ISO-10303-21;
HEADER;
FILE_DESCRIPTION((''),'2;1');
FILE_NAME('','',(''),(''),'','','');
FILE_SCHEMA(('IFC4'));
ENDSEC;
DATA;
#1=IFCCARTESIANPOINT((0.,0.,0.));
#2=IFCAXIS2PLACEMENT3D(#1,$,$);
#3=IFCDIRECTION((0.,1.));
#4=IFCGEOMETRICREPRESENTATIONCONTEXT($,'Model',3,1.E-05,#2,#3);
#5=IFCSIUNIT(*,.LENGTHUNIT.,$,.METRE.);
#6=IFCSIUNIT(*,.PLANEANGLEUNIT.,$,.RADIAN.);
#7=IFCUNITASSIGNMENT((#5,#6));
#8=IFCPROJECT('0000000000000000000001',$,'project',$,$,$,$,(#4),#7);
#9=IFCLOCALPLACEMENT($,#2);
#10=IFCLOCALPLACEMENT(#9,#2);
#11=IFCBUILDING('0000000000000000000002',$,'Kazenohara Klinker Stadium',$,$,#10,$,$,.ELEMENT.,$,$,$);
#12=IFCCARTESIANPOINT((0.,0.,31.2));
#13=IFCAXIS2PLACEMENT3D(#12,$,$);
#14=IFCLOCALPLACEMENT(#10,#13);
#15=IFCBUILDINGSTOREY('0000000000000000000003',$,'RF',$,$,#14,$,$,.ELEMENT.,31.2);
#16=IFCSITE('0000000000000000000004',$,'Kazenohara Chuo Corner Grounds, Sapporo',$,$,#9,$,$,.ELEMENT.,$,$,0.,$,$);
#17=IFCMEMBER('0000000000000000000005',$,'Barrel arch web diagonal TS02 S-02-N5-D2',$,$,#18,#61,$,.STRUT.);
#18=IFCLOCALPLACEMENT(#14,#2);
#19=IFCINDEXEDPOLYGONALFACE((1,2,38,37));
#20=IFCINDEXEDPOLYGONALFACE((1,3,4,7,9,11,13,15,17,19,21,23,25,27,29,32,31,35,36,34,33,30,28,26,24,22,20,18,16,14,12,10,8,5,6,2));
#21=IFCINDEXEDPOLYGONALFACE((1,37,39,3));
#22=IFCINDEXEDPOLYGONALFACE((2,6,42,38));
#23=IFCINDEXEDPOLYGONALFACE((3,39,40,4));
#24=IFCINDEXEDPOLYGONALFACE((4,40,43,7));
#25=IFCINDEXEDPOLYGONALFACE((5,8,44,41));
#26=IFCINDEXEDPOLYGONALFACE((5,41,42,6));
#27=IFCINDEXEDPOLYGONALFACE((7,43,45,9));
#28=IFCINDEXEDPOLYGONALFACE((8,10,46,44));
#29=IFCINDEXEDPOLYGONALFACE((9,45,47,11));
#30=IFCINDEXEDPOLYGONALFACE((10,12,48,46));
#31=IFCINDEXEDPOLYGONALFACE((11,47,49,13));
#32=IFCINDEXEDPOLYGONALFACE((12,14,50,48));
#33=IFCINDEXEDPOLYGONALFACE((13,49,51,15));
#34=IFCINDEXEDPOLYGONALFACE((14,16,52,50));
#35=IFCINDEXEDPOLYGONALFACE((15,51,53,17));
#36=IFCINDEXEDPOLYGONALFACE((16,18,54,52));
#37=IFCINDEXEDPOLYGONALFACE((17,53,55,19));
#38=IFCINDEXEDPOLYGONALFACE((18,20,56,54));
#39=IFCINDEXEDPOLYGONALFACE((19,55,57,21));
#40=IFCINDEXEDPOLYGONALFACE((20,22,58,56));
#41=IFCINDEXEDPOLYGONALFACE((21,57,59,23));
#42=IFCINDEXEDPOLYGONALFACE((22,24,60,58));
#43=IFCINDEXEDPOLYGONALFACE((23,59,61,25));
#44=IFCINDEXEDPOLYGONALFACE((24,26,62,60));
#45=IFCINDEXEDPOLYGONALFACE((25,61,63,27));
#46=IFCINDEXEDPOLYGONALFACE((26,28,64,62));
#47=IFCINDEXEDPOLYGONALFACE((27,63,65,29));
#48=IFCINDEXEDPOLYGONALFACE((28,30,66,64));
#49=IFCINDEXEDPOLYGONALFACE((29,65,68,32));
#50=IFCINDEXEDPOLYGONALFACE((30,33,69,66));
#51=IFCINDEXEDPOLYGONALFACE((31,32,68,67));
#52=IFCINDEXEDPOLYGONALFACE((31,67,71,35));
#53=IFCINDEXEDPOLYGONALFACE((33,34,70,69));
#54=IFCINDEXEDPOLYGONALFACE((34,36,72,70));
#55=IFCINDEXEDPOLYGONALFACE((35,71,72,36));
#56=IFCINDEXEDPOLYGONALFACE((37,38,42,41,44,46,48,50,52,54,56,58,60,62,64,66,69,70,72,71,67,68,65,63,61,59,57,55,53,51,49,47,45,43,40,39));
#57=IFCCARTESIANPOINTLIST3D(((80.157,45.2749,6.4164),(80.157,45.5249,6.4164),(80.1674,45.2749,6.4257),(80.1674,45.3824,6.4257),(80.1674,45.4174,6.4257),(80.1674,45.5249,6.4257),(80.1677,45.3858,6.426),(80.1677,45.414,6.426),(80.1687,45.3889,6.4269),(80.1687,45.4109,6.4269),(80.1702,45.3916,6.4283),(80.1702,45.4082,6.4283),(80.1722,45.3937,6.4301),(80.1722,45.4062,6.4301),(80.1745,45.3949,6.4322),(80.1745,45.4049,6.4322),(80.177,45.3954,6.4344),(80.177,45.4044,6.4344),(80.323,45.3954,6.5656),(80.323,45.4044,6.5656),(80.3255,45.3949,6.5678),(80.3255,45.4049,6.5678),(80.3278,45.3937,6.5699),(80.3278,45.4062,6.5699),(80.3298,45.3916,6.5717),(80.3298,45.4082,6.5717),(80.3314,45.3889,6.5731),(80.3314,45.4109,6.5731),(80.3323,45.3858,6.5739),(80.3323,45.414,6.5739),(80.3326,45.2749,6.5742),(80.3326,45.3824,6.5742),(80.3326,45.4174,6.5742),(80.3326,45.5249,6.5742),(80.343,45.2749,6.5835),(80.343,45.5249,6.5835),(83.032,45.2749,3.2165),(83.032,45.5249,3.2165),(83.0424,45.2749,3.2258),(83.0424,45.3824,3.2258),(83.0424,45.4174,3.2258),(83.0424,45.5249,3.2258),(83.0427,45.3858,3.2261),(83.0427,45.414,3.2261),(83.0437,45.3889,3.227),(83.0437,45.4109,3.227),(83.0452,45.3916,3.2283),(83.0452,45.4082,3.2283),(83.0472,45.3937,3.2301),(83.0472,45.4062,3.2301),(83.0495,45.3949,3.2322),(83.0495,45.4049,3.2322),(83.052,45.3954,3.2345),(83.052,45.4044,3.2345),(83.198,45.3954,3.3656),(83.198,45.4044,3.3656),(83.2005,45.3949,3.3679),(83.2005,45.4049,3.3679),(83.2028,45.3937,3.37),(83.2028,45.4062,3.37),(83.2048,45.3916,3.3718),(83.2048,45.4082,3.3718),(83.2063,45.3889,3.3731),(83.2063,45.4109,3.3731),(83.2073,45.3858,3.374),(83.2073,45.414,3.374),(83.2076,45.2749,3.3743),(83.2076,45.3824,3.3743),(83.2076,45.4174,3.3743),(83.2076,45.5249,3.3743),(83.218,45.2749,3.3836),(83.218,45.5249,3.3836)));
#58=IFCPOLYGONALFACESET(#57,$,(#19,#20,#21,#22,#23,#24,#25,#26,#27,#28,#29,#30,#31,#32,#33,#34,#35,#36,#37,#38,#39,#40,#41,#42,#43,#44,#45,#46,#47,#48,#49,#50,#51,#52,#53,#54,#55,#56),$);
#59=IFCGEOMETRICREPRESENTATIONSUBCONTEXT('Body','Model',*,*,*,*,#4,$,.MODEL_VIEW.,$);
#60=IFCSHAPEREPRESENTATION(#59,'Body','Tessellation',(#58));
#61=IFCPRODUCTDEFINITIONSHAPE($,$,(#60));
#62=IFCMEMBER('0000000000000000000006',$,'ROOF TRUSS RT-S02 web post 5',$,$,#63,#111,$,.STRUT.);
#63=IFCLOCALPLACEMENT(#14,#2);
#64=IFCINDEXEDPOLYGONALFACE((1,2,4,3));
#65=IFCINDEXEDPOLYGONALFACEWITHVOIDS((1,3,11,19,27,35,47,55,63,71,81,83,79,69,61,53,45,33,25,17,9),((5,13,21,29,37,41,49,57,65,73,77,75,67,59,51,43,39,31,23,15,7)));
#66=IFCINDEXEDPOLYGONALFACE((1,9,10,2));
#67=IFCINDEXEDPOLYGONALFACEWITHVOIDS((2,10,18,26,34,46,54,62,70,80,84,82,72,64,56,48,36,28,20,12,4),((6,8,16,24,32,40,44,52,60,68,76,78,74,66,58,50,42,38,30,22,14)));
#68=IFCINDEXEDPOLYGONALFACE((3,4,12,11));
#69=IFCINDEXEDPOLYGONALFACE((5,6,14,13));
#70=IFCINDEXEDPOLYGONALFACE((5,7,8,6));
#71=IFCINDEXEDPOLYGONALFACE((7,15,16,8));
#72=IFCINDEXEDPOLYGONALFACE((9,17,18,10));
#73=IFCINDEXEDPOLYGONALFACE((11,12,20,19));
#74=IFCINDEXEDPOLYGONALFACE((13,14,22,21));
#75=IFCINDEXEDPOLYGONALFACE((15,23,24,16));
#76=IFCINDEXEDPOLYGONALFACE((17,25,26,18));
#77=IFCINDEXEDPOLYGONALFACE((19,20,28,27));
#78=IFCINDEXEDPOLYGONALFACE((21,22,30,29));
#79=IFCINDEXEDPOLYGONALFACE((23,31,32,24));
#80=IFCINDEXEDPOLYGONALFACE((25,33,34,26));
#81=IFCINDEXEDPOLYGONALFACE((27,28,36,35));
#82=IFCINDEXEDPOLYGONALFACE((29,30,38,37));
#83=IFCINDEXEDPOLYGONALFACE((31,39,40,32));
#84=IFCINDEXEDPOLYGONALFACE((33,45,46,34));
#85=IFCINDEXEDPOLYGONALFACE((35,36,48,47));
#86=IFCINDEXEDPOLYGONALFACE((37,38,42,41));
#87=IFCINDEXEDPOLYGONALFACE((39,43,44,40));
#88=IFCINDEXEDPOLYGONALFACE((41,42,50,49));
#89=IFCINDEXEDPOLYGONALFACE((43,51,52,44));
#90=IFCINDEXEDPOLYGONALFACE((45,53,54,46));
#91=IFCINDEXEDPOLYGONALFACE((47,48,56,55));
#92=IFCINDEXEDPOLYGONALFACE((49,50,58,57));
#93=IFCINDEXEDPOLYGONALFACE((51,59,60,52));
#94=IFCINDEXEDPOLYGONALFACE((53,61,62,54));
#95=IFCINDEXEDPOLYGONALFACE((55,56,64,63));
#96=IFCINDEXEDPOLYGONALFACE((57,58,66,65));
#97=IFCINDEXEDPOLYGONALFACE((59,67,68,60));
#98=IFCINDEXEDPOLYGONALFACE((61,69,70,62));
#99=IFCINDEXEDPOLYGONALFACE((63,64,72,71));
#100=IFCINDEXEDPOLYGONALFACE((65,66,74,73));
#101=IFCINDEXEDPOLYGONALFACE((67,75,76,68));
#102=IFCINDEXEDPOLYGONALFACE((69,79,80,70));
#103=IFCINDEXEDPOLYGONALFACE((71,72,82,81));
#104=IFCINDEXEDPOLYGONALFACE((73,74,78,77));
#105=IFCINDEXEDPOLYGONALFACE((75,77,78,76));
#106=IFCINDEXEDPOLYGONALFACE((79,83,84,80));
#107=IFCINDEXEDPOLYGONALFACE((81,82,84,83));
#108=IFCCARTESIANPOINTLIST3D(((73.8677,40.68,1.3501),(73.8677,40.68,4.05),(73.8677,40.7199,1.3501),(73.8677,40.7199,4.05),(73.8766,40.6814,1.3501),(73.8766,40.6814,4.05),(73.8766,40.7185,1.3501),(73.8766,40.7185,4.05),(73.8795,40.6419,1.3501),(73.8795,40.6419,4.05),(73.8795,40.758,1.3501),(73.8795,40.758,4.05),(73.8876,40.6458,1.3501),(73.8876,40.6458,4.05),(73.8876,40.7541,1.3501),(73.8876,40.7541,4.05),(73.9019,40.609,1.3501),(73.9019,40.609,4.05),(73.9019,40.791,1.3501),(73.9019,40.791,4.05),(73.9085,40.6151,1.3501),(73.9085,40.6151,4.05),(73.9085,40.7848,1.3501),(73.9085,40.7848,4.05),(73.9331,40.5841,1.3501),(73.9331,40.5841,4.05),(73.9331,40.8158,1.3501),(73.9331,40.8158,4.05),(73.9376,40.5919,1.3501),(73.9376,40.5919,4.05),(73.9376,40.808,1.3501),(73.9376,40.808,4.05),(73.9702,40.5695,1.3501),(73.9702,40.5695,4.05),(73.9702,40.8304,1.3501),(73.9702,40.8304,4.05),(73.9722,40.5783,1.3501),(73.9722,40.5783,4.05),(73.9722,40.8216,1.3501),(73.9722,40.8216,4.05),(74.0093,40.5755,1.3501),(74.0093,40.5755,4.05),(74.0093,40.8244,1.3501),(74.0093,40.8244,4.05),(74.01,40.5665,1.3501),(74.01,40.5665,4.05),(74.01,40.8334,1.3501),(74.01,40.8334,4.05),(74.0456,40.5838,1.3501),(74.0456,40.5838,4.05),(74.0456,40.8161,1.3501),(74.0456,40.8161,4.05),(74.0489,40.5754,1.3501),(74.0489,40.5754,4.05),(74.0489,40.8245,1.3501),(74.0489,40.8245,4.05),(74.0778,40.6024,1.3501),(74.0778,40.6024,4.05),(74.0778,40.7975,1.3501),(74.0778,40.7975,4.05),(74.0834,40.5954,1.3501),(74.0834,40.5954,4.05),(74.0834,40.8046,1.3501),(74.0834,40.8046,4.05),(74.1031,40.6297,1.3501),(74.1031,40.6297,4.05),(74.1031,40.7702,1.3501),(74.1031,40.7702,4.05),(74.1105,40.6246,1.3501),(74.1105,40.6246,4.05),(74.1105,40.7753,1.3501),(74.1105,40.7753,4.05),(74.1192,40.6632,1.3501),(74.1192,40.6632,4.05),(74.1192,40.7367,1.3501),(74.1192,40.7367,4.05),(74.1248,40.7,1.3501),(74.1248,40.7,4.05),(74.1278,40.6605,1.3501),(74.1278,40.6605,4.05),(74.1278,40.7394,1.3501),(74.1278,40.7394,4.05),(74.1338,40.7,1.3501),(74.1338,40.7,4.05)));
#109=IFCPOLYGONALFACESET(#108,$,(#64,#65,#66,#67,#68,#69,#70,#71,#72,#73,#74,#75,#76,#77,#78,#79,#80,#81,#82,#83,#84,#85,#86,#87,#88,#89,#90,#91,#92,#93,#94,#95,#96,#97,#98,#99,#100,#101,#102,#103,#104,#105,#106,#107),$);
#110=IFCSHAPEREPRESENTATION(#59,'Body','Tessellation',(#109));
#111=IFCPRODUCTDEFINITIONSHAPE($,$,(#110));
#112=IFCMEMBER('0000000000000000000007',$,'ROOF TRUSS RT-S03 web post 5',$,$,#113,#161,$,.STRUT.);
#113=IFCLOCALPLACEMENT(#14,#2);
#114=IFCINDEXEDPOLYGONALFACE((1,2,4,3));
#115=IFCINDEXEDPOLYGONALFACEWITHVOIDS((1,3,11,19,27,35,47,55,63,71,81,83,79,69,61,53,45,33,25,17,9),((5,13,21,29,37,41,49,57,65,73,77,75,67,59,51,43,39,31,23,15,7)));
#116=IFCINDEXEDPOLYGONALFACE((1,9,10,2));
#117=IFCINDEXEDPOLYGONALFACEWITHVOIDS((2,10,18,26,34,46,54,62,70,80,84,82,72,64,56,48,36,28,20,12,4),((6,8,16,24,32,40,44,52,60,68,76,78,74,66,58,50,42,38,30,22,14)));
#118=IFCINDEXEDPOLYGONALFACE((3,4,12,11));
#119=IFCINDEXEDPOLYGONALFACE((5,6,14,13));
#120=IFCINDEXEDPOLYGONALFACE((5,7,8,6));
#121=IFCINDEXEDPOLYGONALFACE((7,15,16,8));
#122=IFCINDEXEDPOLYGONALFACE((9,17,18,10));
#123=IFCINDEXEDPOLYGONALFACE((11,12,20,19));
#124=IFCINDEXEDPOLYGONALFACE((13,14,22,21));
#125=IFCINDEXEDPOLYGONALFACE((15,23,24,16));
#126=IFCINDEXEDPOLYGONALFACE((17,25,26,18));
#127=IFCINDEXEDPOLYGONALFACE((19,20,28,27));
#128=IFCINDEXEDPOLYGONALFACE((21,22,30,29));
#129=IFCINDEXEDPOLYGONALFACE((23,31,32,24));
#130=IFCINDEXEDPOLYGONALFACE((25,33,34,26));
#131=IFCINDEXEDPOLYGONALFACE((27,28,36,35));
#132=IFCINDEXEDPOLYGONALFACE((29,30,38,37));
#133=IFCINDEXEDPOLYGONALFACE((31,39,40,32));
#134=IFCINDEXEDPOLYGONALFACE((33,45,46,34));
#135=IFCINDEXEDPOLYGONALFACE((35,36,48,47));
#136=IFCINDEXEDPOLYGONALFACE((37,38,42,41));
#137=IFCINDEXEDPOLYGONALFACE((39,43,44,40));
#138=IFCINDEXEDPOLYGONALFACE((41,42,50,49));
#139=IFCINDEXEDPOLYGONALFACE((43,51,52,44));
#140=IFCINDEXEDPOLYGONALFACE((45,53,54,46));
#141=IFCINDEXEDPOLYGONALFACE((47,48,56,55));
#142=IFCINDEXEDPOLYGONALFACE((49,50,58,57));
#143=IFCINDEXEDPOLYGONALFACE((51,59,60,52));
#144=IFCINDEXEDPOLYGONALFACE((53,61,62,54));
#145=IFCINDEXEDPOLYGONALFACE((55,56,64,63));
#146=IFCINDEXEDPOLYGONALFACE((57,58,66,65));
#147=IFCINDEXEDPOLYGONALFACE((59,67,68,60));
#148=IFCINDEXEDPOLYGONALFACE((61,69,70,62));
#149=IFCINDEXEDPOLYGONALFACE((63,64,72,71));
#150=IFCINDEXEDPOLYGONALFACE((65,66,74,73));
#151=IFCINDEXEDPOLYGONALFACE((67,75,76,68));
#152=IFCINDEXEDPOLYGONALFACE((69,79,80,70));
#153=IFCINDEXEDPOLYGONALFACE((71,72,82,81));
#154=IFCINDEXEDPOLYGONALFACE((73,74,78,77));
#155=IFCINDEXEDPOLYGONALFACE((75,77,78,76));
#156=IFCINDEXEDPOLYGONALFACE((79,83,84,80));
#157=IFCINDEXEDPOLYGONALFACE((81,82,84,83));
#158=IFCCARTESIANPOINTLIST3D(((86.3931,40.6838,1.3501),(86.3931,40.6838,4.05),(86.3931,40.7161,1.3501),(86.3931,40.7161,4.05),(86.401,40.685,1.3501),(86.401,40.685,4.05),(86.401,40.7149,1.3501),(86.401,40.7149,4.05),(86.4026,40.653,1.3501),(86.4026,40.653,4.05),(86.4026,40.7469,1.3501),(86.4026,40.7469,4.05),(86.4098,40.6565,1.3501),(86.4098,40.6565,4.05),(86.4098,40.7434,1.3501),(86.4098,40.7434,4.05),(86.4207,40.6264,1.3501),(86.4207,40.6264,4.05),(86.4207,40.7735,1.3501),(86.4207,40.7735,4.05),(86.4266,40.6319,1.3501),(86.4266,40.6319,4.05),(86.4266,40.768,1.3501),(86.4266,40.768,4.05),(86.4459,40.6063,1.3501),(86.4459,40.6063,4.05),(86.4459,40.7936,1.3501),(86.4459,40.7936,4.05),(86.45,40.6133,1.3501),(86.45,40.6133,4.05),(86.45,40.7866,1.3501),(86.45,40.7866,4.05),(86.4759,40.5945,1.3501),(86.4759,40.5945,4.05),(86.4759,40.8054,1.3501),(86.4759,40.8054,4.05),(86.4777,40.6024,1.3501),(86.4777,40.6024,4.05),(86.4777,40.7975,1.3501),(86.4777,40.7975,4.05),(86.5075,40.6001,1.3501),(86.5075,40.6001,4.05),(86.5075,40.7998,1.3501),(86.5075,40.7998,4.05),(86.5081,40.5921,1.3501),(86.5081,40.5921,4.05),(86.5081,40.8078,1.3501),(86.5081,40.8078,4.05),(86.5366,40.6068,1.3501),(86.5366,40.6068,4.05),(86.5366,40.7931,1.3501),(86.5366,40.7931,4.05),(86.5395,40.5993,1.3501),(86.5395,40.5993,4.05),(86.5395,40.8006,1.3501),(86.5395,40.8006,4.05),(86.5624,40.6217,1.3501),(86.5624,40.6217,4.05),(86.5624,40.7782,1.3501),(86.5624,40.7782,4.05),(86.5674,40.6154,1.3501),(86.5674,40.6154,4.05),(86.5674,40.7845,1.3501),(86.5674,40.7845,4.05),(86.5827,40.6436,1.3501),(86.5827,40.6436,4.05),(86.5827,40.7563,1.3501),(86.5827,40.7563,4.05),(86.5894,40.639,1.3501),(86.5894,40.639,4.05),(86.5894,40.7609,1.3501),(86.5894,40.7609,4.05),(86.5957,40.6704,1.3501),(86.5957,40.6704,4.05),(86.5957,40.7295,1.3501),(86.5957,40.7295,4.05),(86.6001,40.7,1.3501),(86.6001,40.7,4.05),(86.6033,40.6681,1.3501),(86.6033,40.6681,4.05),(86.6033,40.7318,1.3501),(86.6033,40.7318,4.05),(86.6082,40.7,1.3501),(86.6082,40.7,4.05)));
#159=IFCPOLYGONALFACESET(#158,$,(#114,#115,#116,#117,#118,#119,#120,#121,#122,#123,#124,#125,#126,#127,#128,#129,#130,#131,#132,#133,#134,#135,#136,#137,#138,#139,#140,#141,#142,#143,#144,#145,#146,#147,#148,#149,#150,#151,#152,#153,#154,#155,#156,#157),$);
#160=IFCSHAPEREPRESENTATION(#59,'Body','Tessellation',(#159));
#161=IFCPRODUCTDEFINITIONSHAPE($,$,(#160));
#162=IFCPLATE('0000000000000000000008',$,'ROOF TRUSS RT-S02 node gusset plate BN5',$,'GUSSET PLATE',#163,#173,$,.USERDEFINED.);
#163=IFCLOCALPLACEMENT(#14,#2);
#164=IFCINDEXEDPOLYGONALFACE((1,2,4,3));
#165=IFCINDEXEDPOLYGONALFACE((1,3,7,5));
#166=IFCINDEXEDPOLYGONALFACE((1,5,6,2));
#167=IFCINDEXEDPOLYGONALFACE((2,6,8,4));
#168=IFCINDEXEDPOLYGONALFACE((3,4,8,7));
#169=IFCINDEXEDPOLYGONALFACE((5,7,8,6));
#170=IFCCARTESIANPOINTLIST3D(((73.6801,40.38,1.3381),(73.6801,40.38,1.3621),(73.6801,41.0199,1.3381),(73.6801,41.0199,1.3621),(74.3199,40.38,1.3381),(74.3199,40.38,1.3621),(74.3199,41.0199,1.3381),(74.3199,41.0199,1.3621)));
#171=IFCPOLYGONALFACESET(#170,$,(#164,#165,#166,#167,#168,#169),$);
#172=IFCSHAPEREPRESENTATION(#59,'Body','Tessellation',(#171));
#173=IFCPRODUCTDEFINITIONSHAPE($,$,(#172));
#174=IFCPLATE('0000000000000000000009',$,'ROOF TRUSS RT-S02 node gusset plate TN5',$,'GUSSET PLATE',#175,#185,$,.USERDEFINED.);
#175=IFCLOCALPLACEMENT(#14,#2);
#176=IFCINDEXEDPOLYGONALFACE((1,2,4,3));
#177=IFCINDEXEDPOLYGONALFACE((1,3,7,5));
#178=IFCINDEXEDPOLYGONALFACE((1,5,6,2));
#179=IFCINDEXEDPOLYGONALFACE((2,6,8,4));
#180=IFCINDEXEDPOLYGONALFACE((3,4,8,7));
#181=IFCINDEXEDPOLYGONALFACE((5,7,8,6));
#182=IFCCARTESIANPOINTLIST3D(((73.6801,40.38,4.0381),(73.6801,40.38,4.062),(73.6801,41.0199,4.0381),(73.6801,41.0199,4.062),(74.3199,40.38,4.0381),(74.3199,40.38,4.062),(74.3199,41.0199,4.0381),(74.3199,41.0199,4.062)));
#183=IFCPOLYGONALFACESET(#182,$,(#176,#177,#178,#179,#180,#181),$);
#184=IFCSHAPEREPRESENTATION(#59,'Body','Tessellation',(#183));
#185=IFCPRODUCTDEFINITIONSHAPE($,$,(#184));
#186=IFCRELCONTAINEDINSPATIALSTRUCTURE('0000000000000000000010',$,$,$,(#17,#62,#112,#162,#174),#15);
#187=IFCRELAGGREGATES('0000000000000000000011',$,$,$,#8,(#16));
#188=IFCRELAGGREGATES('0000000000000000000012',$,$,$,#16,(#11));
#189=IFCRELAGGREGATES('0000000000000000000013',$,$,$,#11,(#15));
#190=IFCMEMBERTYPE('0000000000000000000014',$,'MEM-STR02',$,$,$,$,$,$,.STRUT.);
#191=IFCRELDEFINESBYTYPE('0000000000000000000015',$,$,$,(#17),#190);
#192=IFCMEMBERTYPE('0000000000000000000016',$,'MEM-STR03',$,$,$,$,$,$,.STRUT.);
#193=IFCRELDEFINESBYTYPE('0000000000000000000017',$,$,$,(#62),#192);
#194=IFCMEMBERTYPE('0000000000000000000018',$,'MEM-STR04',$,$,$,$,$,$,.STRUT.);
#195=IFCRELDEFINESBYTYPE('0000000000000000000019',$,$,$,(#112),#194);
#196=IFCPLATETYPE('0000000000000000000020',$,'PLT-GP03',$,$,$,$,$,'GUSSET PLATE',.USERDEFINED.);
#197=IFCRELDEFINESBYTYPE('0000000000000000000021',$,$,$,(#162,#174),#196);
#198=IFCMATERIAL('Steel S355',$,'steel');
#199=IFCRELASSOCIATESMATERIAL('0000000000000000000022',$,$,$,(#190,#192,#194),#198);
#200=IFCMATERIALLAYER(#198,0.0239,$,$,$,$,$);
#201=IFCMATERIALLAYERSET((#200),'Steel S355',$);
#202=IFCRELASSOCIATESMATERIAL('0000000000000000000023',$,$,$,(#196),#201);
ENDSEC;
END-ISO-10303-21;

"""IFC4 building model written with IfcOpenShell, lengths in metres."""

from ifc_helpers import new_model, si_unit, direction, frame, origin, origin_2d, place, context, subcontext, project, spatial, rectangle, hollow_circle, i_section, extrude, material, layer, layer_set, material_profile, profile_set, type_object, element, save


model = new_model("IFC4")

# Units and contexts
model_context = context("Model", 3, precision=1e-05, world=origin(), true_north=direction((0.0, 1.0)))
body_context = subcontext(model_context, "Body", "Model", "MODEL_VIEW")
ifc_project = project(units=[si_unit("LENGTHUNIT", "METRE"), si_unit("PLANEANGLEUNIT", "RADIAN")], contexts=[model_context])

# Site, building, storey
site_placement = place(None, origin())
site = spatial("IfcSite", under=ifc_project, at=site_placement, Name="Kazenohara Chuo Corner Grounds, Sapporo", CompositionType="ELEMENT", RefElevation=0.0)
building_placement = place(site_placement, origin())
building = spatial("IfcBuilding", under=site, at=building_placement, Name="Kazenohara Klinker Stadium", CompositionType="ELEMENT")
storey_placement = place(building_placement, frame((0.0, 0.0, 31.2)))
storey = spatial("IfcBuildingStorey", under=building, at=storey_placement, Name="RF", CompositionType="ELEMENT", Elevation=31.2)

# Members
ifc_material = material(Name="Steel S355", Category="steel")
ifc_material_profile_1 = material_profile(ifc_material, i_section(OverallWidth=0.25, OverallDepth=0.25, WebThickness=0.009, FlangeThickness=0.0139, FilletRadius=0.0129, at=origin_2d()), Name="H-250x250x9x14")
ifc_profile_set_1 = profile_set([ifc_material_profile_1], Name="Steel S355")
member_type_1 = type_object("IfcMemberType", Name="MEM-STR02", PredefinedType="STRUT", material=ifc_profile_set_1)
for number, where, z_axis, x_axis, name in (
    (1, (83.125, 45.3999, 3.3), (-0.668328, 0.0, 0.743867), (0.0, -1.0, 0.0), "Barrel arch web diagonal TS02 S-02-N5-D2"),
):
    element("IfcMember", number, at=place(storey_placement, frame(where, z_axis=z_axis, x_axis=x_axis)), inside=storey, type_object=member_type_1, Name=name, PredefinedType="STRUT", context=body_context, shape_type="SweptSolid", body=[
        extrude(i_section(OverallWidth=0.25, OverallDepth=0.25, WebThickness=0.009, FlangeThickness=0.0139, FilletRadius=0.0129, at=origin_2d()), origin(), (0.0, 0.0, 1.0), 4.3018),
    ])
ifc_material_profile_2 = material_profile(ifc_material, hollow_circle(Radius=0.1338, WallThickness=0.009, at=origin_2d()), Name="CHS-267.4x9")
ifc_profile_set_2 = profile_set([ifc_material_profile_2], Name="Steel S355")
member_type_2 = type_object("IfcMemberType", Name="MEM-STR03", PredefinedType="STRUT", material=ifc_profile_set_2)
member_1_placement = place(storey_placement, frame((74.0, 40.7, 1.3501), z_axis=(0.0, 0.0, 1.0), x_axis=(1.0, 0.0, 0.0)))
element("IfcMember", 2, at=member_1_placement, inside=storey, type_object=member_type_2, Name="ROOF TRUSS RT-S02 web post 5", PredefinedType="STRUT", context=body_context, shape_type="SweptSolid", body=[
    extrude(hollow_circle(Radius=0.1338, WallThickness=0.009, at=origin_2d()), origin(), (0.0, 0.0, 1.0), 2.7),
])
ifc_material_profile_3 = material_profile(ifc_material, hollow_circle(Radius=0.1082, WallThickness=0.0081, at=origin_2d()), Name="CHS-216.3x8")
ifc_profile_set_3 = profile_set([ifc_material_profile_3], Name="Steel S355")
member_type_3 = type_object("IfcMemberType", Name="MEM-STR04", PredefinedType="STRUT", material=ifc_profile_set_3)
member_2_placement = place(storey_placement, frame((86.5, 40.7, 1.3501), z_axis=(0.0, 0.0, 1.0), x_axis=(1.0, 0.0, 0.0)))
element("IfcMember", 3, at=member_2_placement, inside=storey, type_object=member_type_3, Name="ROOF TRUSS RT-S03 web post 5", PredefinedType="STRUT", context=body_context, shape_type="SweptSolid", body=[
    extrude(hollow_circle(Radius=0.1082, WallThickness=0.0081, at=origin_2d()), origin(), (0.0, 0.0, 1.0), 2.7),
])

# Plates
ifc_layer_1 = layer(ifc_material, 0.0239)
ifc_layer_set_1 = layer_set([ifc_layer_1], Name="Steel S355")
plate_type_1 = type_object("IfcPlateType", Name="PLT-GP03", ElementType="GUSSET PLATE", PredefinedType="USERDEFINED", material=ifc_layer_set_1)
for number, where, z_axis, x_axis, name in (
    (4, (74.0, 40.7, 1.3381), (0.0, 0.0, 1.0), (1.0, 0.0, 0.0), "ROOF TRUSS RT-S02 node gusset plate BN5"),
    (5, (74.0, 40.7, 4.0381), (0.0, 0.0, 1.0), (1.0, 0.0, 0.0), "ROOF TRUSS RT-S02 node gusset plate TN5"),
):
    element("IfcPlate", number, at=place(storey_placement, frame(where, z_axis=z_axis, x_axis=x_axis)), inside=storey, type_object=plate_type_1, Name=name, ObjectType="GUSSET PLATE", PredefinedType="USERDEFINED", context=body_context, shape_type="SweptSolid", body=[
        extrude(rectangle(XDim=0.6399, YDim=0.6399, at=origin_2d()), origin(), (0.0, 0.0, 1.0), 0.0239),
    ])

save(model, "model.ifc")
